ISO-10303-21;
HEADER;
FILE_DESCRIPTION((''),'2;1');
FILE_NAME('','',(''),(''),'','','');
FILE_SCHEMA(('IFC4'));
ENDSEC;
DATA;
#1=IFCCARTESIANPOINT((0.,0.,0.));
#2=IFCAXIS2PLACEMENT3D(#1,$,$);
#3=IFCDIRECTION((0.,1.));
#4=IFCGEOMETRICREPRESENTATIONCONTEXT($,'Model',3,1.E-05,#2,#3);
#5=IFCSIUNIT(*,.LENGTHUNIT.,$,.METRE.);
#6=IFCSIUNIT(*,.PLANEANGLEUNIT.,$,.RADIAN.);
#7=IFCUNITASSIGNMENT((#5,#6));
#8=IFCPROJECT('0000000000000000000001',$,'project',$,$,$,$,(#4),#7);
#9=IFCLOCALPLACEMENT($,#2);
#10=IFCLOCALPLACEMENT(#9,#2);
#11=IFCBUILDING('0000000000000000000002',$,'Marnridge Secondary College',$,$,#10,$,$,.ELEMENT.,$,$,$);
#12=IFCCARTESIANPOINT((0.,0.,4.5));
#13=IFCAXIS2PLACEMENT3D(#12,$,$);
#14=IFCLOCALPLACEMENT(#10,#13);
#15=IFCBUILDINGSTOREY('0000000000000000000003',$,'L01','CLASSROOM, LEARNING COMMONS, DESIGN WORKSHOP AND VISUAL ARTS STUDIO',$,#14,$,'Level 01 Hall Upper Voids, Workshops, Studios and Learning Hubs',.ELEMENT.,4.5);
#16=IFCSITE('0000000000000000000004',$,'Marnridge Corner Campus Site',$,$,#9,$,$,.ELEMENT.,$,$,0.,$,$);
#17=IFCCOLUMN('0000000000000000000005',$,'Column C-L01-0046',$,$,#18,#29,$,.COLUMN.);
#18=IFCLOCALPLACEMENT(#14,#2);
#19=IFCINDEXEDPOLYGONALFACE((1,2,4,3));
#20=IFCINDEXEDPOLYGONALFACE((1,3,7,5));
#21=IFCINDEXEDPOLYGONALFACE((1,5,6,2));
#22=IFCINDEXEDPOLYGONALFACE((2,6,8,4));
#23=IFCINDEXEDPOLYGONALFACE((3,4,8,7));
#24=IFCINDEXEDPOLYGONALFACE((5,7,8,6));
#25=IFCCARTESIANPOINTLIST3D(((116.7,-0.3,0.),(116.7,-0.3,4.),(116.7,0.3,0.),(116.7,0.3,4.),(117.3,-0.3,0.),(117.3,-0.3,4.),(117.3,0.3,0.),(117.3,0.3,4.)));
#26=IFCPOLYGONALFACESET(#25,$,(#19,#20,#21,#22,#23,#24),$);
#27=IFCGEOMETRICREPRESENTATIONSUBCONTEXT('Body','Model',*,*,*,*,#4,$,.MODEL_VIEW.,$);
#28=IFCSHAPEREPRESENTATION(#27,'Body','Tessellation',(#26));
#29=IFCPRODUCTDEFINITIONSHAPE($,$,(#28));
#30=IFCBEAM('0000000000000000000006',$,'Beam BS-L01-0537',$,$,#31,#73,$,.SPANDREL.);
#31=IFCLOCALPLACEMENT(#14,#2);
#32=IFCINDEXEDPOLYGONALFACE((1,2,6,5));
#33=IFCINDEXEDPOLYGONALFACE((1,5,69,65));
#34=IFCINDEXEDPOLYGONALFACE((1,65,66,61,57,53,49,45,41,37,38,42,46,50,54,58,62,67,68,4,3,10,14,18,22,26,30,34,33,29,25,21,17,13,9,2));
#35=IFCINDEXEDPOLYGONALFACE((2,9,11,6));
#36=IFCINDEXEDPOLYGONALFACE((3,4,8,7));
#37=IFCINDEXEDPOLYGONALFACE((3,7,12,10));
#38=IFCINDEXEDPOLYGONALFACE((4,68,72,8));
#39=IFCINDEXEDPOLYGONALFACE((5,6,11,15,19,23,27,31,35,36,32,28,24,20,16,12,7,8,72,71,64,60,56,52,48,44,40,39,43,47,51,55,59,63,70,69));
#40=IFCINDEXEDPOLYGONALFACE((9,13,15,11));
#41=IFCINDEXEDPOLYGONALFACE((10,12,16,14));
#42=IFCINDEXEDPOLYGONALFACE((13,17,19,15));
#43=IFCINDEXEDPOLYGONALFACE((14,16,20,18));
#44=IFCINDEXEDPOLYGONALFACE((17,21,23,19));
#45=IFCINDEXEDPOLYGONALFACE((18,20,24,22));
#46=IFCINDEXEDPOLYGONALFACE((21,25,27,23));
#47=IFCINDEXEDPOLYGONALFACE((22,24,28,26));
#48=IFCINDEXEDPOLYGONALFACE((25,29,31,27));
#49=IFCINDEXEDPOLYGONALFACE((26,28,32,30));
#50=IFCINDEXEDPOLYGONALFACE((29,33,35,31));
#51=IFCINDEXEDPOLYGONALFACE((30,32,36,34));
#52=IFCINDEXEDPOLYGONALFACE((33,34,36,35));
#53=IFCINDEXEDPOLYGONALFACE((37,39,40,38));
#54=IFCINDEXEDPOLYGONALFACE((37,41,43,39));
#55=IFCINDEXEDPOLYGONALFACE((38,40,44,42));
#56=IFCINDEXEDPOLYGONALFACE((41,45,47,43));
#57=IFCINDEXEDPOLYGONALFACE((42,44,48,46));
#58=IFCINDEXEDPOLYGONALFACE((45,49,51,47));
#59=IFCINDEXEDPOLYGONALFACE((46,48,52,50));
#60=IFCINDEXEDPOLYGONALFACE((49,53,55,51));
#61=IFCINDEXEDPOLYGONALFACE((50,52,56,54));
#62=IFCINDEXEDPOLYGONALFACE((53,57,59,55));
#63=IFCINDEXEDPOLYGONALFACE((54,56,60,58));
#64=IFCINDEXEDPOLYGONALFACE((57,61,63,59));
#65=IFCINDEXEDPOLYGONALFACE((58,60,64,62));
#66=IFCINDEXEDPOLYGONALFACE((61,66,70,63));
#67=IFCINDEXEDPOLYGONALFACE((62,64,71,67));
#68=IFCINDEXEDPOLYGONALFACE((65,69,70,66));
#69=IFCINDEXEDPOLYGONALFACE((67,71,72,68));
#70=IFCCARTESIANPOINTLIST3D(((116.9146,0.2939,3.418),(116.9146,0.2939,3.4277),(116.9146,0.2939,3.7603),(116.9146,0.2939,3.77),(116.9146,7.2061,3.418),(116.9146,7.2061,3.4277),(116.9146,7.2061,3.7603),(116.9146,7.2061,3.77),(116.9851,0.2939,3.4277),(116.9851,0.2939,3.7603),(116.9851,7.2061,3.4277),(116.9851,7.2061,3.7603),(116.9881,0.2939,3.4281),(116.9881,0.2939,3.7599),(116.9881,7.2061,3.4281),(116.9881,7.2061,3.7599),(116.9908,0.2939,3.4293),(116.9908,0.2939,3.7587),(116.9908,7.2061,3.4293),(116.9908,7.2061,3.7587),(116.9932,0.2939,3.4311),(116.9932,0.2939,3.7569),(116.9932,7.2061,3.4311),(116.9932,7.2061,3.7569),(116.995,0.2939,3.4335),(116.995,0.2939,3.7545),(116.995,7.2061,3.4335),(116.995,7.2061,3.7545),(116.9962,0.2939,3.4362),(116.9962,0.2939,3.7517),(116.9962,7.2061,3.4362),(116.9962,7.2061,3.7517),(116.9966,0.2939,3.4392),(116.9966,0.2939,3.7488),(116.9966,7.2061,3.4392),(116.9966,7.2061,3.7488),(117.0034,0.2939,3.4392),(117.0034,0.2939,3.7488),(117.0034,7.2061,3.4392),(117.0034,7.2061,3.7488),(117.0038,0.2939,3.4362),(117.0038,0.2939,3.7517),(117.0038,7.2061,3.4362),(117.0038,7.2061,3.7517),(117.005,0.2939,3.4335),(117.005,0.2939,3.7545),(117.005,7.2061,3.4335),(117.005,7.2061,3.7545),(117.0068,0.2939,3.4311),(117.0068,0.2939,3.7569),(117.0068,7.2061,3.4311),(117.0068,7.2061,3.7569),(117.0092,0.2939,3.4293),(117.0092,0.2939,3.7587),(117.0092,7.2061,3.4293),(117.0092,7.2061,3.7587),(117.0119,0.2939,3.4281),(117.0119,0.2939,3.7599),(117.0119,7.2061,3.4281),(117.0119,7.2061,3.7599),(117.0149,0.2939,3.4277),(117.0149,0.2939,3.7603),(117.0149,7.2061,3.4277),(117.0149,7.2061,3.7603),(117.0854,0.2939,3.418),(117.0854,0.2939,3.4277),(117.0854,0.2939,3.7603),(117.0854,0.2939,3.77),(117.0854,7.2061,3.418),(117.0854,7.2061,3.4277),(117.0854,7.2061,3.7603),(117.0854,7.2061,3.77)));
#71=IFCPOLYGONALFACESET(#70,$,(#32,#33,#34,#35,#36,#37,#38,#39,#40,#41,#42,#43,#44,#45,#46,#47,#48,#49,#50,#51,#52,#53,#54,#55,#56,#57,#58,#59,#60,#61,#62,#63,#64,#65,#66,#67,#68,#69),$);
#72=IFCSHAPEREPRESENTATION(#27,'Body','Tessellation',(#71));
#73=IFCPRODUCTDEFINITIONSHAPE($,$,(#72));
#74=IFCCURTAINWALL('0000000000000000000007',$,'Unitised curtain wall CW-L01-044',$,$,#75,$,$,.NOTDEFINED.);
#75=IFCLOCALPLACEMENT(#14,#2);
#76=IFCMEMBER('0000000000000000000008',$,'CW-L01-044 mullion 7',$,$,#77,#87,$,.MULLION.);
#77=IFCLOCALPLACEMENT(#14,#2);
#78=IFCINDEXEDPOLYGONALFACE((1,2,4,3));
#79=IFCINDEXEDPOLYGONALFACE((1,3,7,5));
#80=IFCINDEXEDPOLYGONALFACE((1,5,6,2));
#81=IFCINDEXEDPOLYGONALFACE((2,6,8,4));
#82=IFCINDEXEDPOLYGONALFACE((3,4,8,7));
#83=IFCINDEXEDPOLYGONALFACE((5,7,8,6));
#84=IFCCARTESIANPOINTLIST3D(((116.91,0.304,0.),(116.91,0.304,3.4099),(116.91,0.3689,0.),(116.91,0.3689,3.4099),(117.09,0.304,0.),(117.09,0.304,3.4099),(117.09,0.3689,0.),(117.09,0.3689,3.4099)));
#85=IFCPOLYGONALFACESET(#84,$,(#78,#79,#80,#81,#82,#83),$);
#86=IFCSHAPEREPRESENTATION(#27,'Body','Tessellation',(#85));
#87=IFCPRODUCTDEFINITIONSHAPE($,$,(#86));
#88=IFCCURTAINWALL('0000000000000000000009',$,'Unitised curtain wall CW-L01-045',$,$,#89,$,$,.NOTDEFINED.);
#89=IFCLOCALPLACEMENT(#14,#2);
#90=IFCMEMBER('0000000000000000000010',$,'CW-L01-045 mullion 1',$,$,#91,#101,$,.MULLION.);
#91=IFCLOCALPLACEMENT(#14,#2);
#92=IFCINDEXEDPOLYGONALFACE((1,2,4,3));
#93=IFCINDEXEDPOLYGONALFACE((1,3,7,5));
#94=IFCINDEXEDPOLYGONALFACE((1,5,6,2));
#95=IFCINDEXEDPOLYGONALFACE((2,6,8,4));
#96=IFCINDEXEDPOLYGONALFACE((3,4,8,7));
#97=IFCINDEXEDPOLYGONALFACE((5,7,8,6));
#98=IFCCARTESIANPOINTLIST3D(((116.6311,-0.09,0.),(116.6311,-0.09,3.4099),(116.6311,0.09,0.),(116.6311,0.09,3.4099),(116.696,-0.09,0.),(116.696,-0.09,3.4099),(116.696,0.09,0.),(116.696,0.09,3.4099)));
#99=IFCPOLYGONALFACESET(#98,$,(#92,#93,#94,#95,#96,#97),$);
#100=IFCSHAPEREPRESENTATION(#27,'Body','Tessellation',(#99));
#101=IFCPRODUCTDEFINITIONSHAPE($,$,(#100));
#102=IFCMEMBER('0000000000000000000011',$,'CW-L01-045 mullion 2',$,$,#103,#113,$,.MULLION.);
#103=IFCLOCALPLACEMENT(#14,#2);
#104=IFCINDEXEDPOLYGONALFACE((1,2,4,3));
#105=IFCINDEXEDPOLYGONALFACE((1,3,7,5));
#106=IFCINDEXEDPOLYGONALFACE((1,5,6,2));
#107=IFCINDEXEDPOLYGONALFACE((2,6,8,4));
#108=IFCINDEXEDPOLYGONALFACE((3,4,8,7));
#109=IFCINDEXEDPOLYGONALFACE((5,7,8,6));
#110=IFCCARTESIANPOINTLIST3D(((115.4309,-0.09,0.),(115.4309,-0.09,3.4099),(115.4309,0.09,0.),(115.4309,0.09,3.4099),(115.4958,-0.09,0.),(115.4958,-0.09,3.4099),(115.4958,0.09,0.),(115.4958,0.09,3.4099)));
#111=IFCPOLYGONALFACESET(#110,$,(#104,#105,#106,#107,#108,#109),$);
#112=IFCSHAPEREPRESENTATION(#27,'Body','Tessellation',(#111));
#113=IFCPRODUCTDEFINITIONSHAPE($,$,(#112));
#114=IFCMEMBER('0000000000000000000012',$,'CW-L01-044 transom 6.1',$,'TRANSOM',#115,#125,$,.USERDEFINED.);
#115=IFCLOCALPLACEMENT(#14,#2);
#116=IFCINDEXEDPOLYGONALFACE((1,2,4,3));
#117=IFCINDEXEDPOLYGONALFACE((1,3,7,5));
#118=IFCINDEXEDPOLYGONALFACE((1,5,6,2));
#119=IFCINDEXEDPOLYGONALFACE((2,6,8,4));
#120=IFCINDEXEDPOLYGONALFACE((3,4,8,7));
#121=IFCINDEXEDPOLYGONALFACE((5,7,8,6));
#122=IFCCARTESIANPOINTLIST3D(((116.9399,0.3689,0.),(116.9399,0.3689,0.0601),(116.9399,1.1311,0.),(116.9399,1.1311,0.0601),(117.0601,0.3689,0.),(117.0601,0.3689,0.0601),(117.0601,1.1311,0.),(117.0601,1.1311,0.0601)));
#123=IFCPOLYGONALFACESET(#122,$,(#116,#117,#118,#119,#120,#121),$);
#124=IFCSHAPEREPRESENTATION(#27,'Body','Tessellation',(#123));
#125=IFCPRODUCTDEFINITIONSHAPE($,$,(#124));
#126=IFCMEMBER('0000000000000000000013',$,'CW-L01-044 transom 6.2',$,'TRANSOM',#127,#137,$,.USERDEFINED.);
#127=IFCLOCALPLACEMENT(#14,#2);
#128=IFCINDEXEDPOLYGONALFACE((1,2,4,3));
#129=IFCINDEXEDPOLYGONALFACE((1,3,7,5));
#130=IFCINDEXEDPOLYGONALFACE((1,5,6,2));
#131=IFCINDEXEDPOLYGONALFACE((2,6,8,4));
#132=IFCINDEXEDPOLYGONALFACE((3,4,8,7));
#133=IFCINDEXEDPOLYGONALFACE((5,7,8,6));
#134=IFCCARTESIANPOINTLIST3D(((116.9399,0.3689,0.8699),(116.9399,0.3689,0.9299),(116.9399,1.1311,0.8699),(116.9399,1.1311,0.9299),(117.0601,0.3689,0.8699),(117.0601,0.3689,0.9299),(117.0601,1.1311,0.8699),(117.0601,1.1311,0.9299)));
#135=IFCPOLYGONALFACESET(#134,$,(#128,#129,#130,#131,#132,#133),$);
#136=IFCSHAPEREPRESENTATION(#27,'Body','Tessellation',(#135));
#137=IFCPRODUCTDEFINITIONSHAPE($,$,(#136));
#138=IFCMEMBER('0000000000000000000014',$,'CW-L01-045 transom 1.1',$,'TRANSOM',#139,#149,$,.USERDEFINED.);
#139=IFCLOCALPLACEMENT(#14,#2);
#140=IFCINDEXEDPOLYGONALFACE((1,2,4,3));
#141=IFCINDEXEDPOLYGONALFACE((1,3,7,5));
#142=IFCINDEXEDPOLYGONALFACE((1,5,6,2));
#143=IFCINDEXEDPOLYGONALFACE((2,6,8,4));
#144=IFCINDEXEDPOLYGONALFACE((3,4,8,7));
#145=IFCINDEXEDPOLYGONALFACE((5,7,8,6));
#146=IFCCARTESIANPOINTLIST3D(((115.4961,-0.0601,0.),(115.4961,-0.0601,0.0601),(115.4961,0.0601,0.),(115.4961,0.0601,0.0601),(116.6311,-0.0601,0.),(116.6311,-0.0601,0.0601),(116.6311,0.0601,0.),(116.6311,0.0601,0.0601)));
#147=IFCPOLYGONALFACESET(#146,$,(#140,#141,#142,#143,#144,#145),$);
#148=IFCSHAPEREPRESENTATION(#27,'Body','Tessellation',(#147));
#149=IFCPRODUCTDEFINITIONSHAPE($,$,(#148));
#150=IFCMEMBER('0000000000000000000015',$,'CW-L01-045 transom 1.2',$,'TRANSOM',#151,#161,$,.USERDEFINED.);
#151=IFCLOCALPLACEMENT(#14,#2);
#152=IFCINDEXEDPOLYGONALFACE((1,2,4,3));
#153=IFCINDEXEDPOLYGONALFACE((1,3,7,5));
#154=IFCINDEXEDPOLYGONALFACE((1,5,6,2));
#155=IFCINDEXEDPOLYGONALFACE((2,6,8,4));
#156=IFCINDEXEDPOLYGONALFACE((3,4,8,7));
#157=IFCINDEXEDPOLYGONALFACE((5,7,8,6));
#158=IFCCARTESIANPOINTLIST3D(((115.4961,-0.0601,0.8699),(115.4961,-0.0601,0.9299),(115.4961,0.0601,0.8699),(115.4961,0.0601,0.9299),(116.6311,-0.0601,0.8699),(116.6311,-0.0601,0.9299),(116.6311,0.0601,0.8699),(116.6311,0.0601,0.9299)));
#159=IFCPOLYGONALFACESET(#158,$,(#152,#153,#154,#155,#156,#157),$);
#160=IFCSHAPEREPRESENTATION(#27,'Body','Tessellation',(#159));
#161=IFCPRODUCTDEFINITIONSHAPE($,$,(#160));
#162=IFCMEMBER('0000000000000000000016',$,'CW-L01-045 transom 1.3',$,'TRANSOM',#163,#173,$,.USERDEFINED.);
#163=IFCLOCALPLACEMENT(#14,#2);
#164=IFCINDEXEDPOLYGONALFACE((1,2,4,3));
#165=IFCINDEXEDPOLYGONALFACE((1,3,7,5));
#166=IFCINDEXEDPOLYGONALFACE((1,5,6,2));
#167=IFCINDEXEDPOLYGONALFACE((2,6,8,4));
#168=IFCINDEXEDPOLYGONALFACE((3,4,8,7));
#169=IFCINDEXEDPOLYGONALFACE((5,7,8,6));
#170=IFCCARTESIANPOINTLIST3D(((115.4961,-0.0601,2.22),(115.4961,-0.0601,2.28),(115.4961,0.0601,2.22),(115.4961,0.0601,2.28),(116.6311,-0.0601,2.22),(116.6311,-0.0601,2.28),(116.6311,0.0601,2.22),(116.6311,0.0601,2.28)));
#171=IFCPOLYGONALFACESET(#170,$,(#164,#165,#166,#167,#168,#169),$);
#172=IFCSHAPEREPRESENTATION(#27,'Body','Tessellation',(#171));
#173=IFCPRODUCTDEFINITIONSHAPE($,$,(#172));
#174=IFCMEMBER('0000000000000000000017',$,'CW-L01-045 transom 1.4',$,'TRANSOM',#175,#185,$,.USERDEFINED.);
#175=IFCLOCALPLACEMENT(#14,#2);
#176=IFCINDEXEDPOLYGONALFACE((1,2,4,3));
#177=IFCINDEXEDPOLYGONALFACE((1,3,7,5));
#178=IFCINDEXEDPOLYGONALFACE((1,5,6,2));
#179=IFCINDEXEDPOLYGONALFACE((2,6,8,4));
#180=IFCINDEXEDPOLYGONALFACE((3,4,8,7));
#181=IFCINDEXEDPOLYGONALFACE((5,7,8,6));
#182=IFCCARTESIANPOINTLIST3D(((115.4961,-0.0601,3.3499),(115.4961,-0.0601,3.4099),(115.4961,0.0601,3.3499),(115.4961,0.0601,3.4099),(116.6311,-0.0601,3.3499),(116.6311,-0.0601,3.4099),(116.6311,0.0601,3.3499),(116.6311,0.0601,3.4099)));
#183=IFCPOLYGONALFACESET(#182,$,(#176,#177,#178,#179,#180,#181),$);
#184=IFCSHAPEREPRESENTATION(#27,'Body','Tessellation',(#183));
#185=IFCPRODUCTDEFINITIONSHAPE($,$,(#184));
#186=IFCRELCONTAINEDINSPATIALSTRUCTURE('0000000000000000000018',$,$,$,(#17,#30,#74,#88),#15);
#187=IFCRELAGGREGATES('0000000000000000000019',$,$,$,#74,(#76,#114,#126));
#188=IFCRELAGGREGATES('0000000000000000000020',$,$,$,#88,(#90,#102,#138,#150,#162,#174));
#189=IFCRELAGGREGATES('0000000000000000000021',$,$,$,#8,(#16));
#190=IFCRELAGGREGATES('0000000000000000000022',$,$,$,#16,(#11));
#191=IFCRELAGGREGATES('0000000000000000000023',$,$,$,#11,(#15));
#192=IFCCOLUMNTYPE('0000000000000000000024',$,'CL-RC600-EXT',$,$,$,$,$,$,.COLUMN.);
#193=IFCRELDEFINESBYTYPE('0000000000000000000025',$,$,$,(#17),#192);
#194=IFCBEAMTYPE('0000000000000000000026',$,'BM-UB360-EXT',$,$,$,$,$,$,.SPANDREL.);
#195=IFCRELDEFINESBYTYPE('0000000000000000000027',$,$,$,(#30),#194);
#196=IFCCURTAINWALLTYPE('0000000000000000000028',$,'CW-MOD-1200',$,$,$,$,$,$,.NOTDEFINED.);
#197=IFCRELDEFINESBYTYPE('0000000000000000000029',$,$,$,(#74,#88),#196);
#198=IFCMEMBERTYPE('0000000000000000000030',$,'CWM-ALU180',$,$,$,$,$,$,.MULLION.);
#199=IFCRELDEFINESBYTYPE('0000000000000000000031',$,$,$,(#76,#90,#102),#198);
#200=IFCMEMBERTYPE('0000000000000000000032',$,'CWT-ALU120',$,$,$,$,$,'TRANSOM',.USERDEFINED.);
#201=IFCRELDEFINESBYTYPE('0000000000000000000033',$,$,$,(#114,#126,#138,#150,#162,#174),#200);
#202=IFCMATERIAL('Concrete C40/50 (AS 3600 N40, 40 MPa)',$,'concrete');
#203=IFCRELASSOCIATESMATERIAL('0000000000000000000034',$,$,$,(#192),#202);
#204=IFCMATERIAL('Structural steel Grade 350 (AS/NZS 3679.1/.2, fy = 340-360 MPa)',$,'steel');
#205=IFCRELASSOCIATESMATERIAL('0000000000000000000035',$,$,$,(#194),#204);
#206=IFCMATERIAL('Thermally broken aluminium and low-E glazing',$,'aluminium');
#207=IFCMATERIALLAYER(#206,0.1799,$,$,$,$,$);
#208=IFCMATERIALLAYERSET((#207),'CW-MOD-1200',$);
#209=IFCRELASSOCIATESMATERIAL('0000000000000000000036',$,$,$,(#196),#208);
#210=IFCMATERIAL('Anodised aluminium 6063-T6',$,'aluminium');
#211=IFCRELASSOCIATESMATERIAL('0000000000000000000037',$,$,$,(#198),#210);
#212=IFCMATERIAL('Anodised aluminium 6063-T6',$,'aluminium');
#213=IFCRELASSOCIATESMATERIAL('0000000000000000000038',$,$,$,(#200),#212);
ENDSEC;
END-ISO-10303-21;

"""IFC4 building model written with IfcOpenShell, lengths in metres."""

from ifc_helpers import new_model, si_unit, direction, frame, origin, origin_2d, place, context, subcontext, project, spatial, rectangle, i_section, extrude, material, layer, layer_set, material_profile, profile_set, type_object, element, aggregate, save


model = new_model("IFC4")

# Units and contexts
model_context = context("Model", 3, precision=1e-05, world=origin(), true_north=direction((0.0, 1.0)))
body_context = subcontext(model_context, "Body", "Model", "MODEL_VIEW")
ifc_project = project(units=[si_unit("LENGTHUNIT", "METRE"), si_unit("PLANEANGLEUNIT", "RADIAN")], contexts=[model_context])

# Site, building, storey
site_placement = place(None, origin())
site = spatial("IfcSite", under=ifc_project, at=site_placement, Name="Marnridge Corner Campus Site", CompositionType="ELEMENT", RefElevation=0.0)
building_placement = place(site_placement, origin())
building = spatial("IfcBuilding", under=site, at=building_placement, Name="Marnridge Secondary College", CompositionType="ELEMENT")
storey_placement = place(building_placement, frame((0.0, 0.0, 4.5)))
storey = spatial("IfcBuildingStorey", under=building, at=storey_placement, Name="L01", Description="CLASSROOM, LEARNING COMMONS, DESIGN WORKSHOP AND VISUAL ARTS STUDIO", LongName="Level 01 Hall Upper Voids, Workshops, Studios and Learning Hubs", CompositionType="ELEMENT", Elevation=4.5)

# Column
ifc_material_1 = material(Name="Concrete C40/50 (AS 3600 N40, 40 MPa)", Category="concrete")
ifc_material_profile_1 = material_profile(ifc_material_1, rectangle(XDim=0.6001, YDim=0.6001, at=origin_2d()), Name="RC 600x600")
ifc_profile_set_1 = profile_set([ifc_material_profile_1], Name="Concrete C40/50 (AS 3600 N40, 40 MPa)")
column_type = type_object("IfcColumnType", Name="CL-RC600-EXT", PredefinedType="COLUMN", material=ifc_profile_set_1)
column_placement = place(storey_placement, frame((117.0, 0.0, 0.0), z_axis=(0.0, 0.0, 1.0), x_axis=(1.0, 0.0, 0.0)))
element("IfcColumn", 1, at=column_placement, inside=storey, type_object=column_type, Name="Column C-L01-0046", PredefinedType="COLUMN", context=body_context, shape_type="SweptSolid", body=[
    extrude(rectangle(XDim=0.6001, YDim=0.6001, at=origin_2d()), origin(), (0.0, 0.0, 1.0), 4.0),
])

# Beam
ifc_material_2 = material(Name="Structural steel Grade 350 (AS/NZS 3679.1/.2, fy = 340-360 MPa)", Category="steel")
ifc_material_profile_2 = material_profile(ifc_material_2, i_section(OverallWidth=0.1709, OverallDepth=0.3521, WebThickness=0.0068, FlangeThickness=0.0098, FilletRadius=0.0115, at=origin_2d()), Name="360UB44.7")
ifc_profile_set_2 = profile_set([ifc_material_profile_2], Name="Structural steel Grade 350 (AS/NZS 3679.1/.2, fy = 340-360 MPa)")
beam_type = type_object("IfcBeamType", Name="BM-UB360-EXT", PredefinedType="SPANDREL", material=ifc_profile_set_2)
beam_placement = place(storey_placement, frame((117.0, 0.2939, 3.594), z_axis=(0.0, 1.0, 0.0), x_axis=(-1.0, 0.0, 0.0)))
element("IfcBeam", 2, at=beam_placement, inside=storey, type_object=beam_type, Name="Beam BS-L01-0537", PredefinedType="SPANDREL", context=body_context, shape_type="SweptSolid", body=[
    extrude(i_section(OverallWidth=0.1709, OverallDepth=0.3521, WebThickness=0.0068, FlangeThickness=0.0098, FilletRadius=0.0115, at=origin_2d()), origin(), (0.0, 0.0, 1.0), 6.9121),
])

# Curtain wall, member
ifc_material_3 = material(Name="Thermally broken aluminium and low-E glazing", Category="aluminium")
ifc_layer_1 = layer(ifc_material_3, 0.1799)
ifc_layer_set_1 = layer_set([ifc_layer_1], Name="CW-MOD-1200")
curtain_wall_type = type_object("IfcCurtainWallType", Name="CW-MOD-1200", PredefinedType="NOTDEFINED", material=ifc_layer_set_1)
curtain_wall_1_placement = place(storey_placement, origin())
curtain_wall_1 = element("IfcCurtainWall", 3, at=curtain_wall_1_placement, inside=storey, type_object=curtain_wall_type, Name="Unitised curtain wall CW-L01-044", PredefinedType="NOTDEFINED")
ifc_material_4 = material(Name="Anodised aluminium 6063-T6", Category="aluminium")
ifc_material_profile_3 = material_profile(ifc_material_4, rectangle(XDim=0.0649, YDim=0.1799, at=origin_2d()), Name="ALU 65x180")
ifc_profile_set_3 = profile_set([ifc_material_profile_3], Name="Anodised aluminium 6063-T6")
member_type_1 = type_object("IfcMemberType", Name="CWM-ALU180", PredefinedType="MULLION", material=ifc_profile_set_3)
member_1_placement = place(storey_placement, frame((117.0, 0.3364, 0.0), z_axis=(0.0, 0.0, 1.0), x_axis=(0.0, -1.0, 0.0)))
member_1 = element("IfcMember", 4, at=member_1_placement, type_object=member_type_1, Name="CW-L01-044 mullion 7", PredefinedType="MULLION", context=body_context, shape_type="SweptSolid", body=[
    extrude(rectangle(XDim=0.0649, YDim=0.1799, at=origin_2d()), origin(), (0.0, 0.0, 1.0), 3.4099),
])

# Curtain wall, members
curtain_wall_2_placement = place(storey_placement, origin())
curtain_wall_2 = element("IfcCurtainWall", 5, at=curtain_wall_2_placement, inside=storey, type_object=curtain_wall_type, Name="Unitised curtain wall CW-L01-045", PredefinedType="NOTDEFINED")
member_2_placement = place(storey_placement, frame((116.6636, 0.0, 0.0), z_axis=(0.0, 0.0, 1.0), x_axis=(-1.0, 0.0, 0.0)))
member_2 = element("IfcMember", 6, at=member_2_placement, type_object=member_type_1, Name="CW-L01-045 mullion 1", PredefinedType="MULLION", context=body_context, shape_type="SweptSolid", body=[
    extrude(rectangle(XDim=0.0649, YDim=0.1799, at=origin_2d()), origin(), (0.0, 0.0, 1.0), 3.4099),
])
member_3_placement = place(storey_placement, frame((115.4634, 0.0, 0.0), z_axis=(0.0, 0.0, 1.0), x_axis=(-1.0, 0.0, 0.0)))
member_3 = element("IfcMember", 7, at=member_3_placement, type_object=member_type_1, Name="CW-L01-045 mullion 2", PredefinedType="MULLION", context=body_context, shape_type="SweptSolid", body=[
    extrude(rectangle(XDim=0.0649, YDim=0.1799, at=origin_2d()), origin(), (0.0, 0.0, 1.0), 3.4099),
])

# Members
ifc_material_5 = material(Name="Anodised aluminium 6063-T6", Category="aluminium")
ifc_material_profile_4 = material_profile(ifc_material_5, rectangle(XDim=0.0601, YDim=0.1201, at=origin_2d()), Name="ALU 60x120")
ifc_profile_set_4 = profile_set([ifc_material_profile_4], Name="Anodised aluminium 6063-T6")
member_type_2 = type_object("IfcMemberType", Name="CWT-ALU120", ElementType="TRANSOM", PredefinedType="USERDEFINED", material=ifc_profile_set_4)
member_4_placement = place(storey_placement, frame((117.0, 1.1311, 0.03), z_axis=(0.0, -1.0, 0.0), x_axis=(0.0, 0.0, 1.0)))
member_4 = element("IfcMember", 8, at=member_4_placement, type_object=member_type_2, Name="CW-L01-044 transom 6.1", ObjectType="TRANSOM", PredefinedType="USERDEFINED", context=body_context, shape_type="SweptSolid", body=[
    extrude(rectangle(XDim=0.0601, YDim=0.1201, at=origin_2d()), origin(), (0.0, 0.0, 1.0), 0.7622),
])
member_5_placement = place(storey_placement, frame((117.0, 1.1311, 0.8999), z_axis=(0.0, -1.0, 0.0), x_axis=(0.0, 0.0, 1.0)))
member_5 = element("IfcMember", 9, at=member_5_placement, type_object=member_type_2, Name="CW-L01-044 transom 6.2", ObjectType="TRANSOM", PredefinedType="USERDEFINED", context=body_context, shape_type="SweptSolid", body=[
    extrude(rectangle(XDim=0.0601, YDim=0.1201, at=origin_2d()), origin(), (0.0, 0.0, 1.0), 0.7622),
])
member_6_placement = place(storey_placement, frame((116.6311, 0.0, 0.03), z_axis=(-1.0, 0.0, 0.0), x_axis=(0.0, 0.0, 1.0)))
member_6 = element("IfcMember", 10, at=member_6_placement, type_object=member_type_2, Name="CW-L01-045 transom 1.1", ObjectType="TRANSOM", PredefinedType="USERDEFINED", context=body_context, shape_type="SweptSolid", body=[
    extrude(rectangle(XDim=0.0601, YDim=0.1201, at=origin_2d()), origin(), (0.0, 0.0, 1.0), 1.135),
])
member_7_placement = place(storey_placement, frame((116.6311, 0.0, 0.8999), z_axis=(-1.0, 0.0, 0.0), x_axis=(0.0, 0.0, 1.0)))
member_7 = element("IfcMember", 11, at=member_7_placement, type_object=member_type_2, Name="CW-L01-045 transom 1.2", ObjectType="TRANSOM", PredefinedType="USERDEFINED", context=body_context, shape_type="SweptSolid", body=[
    extrude(rectangle(XDim=0.0601, YDim=0.1201, at=origin_2d()), origin(), (0.0, 0.0, 1.0), 1.135),
])
member_8_placement = place(storey_placement, frame((116.6311, 0.0, 2.25), z_axis=(-1.0, 0.0, 0.0), x_axis=(0.0, 0.0, 1.0)))
member_8 = element("IfcMember", 12, at=member_8_placement, type_object=member_type_2, Name="CW-L01-045 transom 1.3", ObjectType="TRANSOM", PredefinedType="USERDEFINED", context=body_context, shape_type="SweptSolid", body=[
    extrude(rectangle(XDim=0.0601, YDim=0.1201, at=origin_2d()), origin(), (0.0, 0.0, 1.0), 1.135),
])
member_9_placement = place(storey_placement, frame((116.6311, 0.0, 3.3799), z_axis=(-1.0, 0.0, 0.0), x_axis=(0.0, 0.0, 1.0)))
member_9 = element("IfcMember", 13, at=member_9_placement, type_object=member_type_2, Name="CW-L01-045 transom 1.4", ObjectType="TRANSOM", PredefinedType="USERDEFINED", context=body_context, shape_type="SweptSolid", body=[
    extrude(rectangle(XDim=0.0601, YDim=0.1201, at=origin_2d()), origin(), (0.0, 0.0, 1.0), 1.135),
])

aggregate(curtain_wall_1, [member_1, member_4, member_5])
aggregate(curtain_wall_2, [member_2, member_3, member_6, member_7, member_8, member_9])

save(model, "model.ifc")
